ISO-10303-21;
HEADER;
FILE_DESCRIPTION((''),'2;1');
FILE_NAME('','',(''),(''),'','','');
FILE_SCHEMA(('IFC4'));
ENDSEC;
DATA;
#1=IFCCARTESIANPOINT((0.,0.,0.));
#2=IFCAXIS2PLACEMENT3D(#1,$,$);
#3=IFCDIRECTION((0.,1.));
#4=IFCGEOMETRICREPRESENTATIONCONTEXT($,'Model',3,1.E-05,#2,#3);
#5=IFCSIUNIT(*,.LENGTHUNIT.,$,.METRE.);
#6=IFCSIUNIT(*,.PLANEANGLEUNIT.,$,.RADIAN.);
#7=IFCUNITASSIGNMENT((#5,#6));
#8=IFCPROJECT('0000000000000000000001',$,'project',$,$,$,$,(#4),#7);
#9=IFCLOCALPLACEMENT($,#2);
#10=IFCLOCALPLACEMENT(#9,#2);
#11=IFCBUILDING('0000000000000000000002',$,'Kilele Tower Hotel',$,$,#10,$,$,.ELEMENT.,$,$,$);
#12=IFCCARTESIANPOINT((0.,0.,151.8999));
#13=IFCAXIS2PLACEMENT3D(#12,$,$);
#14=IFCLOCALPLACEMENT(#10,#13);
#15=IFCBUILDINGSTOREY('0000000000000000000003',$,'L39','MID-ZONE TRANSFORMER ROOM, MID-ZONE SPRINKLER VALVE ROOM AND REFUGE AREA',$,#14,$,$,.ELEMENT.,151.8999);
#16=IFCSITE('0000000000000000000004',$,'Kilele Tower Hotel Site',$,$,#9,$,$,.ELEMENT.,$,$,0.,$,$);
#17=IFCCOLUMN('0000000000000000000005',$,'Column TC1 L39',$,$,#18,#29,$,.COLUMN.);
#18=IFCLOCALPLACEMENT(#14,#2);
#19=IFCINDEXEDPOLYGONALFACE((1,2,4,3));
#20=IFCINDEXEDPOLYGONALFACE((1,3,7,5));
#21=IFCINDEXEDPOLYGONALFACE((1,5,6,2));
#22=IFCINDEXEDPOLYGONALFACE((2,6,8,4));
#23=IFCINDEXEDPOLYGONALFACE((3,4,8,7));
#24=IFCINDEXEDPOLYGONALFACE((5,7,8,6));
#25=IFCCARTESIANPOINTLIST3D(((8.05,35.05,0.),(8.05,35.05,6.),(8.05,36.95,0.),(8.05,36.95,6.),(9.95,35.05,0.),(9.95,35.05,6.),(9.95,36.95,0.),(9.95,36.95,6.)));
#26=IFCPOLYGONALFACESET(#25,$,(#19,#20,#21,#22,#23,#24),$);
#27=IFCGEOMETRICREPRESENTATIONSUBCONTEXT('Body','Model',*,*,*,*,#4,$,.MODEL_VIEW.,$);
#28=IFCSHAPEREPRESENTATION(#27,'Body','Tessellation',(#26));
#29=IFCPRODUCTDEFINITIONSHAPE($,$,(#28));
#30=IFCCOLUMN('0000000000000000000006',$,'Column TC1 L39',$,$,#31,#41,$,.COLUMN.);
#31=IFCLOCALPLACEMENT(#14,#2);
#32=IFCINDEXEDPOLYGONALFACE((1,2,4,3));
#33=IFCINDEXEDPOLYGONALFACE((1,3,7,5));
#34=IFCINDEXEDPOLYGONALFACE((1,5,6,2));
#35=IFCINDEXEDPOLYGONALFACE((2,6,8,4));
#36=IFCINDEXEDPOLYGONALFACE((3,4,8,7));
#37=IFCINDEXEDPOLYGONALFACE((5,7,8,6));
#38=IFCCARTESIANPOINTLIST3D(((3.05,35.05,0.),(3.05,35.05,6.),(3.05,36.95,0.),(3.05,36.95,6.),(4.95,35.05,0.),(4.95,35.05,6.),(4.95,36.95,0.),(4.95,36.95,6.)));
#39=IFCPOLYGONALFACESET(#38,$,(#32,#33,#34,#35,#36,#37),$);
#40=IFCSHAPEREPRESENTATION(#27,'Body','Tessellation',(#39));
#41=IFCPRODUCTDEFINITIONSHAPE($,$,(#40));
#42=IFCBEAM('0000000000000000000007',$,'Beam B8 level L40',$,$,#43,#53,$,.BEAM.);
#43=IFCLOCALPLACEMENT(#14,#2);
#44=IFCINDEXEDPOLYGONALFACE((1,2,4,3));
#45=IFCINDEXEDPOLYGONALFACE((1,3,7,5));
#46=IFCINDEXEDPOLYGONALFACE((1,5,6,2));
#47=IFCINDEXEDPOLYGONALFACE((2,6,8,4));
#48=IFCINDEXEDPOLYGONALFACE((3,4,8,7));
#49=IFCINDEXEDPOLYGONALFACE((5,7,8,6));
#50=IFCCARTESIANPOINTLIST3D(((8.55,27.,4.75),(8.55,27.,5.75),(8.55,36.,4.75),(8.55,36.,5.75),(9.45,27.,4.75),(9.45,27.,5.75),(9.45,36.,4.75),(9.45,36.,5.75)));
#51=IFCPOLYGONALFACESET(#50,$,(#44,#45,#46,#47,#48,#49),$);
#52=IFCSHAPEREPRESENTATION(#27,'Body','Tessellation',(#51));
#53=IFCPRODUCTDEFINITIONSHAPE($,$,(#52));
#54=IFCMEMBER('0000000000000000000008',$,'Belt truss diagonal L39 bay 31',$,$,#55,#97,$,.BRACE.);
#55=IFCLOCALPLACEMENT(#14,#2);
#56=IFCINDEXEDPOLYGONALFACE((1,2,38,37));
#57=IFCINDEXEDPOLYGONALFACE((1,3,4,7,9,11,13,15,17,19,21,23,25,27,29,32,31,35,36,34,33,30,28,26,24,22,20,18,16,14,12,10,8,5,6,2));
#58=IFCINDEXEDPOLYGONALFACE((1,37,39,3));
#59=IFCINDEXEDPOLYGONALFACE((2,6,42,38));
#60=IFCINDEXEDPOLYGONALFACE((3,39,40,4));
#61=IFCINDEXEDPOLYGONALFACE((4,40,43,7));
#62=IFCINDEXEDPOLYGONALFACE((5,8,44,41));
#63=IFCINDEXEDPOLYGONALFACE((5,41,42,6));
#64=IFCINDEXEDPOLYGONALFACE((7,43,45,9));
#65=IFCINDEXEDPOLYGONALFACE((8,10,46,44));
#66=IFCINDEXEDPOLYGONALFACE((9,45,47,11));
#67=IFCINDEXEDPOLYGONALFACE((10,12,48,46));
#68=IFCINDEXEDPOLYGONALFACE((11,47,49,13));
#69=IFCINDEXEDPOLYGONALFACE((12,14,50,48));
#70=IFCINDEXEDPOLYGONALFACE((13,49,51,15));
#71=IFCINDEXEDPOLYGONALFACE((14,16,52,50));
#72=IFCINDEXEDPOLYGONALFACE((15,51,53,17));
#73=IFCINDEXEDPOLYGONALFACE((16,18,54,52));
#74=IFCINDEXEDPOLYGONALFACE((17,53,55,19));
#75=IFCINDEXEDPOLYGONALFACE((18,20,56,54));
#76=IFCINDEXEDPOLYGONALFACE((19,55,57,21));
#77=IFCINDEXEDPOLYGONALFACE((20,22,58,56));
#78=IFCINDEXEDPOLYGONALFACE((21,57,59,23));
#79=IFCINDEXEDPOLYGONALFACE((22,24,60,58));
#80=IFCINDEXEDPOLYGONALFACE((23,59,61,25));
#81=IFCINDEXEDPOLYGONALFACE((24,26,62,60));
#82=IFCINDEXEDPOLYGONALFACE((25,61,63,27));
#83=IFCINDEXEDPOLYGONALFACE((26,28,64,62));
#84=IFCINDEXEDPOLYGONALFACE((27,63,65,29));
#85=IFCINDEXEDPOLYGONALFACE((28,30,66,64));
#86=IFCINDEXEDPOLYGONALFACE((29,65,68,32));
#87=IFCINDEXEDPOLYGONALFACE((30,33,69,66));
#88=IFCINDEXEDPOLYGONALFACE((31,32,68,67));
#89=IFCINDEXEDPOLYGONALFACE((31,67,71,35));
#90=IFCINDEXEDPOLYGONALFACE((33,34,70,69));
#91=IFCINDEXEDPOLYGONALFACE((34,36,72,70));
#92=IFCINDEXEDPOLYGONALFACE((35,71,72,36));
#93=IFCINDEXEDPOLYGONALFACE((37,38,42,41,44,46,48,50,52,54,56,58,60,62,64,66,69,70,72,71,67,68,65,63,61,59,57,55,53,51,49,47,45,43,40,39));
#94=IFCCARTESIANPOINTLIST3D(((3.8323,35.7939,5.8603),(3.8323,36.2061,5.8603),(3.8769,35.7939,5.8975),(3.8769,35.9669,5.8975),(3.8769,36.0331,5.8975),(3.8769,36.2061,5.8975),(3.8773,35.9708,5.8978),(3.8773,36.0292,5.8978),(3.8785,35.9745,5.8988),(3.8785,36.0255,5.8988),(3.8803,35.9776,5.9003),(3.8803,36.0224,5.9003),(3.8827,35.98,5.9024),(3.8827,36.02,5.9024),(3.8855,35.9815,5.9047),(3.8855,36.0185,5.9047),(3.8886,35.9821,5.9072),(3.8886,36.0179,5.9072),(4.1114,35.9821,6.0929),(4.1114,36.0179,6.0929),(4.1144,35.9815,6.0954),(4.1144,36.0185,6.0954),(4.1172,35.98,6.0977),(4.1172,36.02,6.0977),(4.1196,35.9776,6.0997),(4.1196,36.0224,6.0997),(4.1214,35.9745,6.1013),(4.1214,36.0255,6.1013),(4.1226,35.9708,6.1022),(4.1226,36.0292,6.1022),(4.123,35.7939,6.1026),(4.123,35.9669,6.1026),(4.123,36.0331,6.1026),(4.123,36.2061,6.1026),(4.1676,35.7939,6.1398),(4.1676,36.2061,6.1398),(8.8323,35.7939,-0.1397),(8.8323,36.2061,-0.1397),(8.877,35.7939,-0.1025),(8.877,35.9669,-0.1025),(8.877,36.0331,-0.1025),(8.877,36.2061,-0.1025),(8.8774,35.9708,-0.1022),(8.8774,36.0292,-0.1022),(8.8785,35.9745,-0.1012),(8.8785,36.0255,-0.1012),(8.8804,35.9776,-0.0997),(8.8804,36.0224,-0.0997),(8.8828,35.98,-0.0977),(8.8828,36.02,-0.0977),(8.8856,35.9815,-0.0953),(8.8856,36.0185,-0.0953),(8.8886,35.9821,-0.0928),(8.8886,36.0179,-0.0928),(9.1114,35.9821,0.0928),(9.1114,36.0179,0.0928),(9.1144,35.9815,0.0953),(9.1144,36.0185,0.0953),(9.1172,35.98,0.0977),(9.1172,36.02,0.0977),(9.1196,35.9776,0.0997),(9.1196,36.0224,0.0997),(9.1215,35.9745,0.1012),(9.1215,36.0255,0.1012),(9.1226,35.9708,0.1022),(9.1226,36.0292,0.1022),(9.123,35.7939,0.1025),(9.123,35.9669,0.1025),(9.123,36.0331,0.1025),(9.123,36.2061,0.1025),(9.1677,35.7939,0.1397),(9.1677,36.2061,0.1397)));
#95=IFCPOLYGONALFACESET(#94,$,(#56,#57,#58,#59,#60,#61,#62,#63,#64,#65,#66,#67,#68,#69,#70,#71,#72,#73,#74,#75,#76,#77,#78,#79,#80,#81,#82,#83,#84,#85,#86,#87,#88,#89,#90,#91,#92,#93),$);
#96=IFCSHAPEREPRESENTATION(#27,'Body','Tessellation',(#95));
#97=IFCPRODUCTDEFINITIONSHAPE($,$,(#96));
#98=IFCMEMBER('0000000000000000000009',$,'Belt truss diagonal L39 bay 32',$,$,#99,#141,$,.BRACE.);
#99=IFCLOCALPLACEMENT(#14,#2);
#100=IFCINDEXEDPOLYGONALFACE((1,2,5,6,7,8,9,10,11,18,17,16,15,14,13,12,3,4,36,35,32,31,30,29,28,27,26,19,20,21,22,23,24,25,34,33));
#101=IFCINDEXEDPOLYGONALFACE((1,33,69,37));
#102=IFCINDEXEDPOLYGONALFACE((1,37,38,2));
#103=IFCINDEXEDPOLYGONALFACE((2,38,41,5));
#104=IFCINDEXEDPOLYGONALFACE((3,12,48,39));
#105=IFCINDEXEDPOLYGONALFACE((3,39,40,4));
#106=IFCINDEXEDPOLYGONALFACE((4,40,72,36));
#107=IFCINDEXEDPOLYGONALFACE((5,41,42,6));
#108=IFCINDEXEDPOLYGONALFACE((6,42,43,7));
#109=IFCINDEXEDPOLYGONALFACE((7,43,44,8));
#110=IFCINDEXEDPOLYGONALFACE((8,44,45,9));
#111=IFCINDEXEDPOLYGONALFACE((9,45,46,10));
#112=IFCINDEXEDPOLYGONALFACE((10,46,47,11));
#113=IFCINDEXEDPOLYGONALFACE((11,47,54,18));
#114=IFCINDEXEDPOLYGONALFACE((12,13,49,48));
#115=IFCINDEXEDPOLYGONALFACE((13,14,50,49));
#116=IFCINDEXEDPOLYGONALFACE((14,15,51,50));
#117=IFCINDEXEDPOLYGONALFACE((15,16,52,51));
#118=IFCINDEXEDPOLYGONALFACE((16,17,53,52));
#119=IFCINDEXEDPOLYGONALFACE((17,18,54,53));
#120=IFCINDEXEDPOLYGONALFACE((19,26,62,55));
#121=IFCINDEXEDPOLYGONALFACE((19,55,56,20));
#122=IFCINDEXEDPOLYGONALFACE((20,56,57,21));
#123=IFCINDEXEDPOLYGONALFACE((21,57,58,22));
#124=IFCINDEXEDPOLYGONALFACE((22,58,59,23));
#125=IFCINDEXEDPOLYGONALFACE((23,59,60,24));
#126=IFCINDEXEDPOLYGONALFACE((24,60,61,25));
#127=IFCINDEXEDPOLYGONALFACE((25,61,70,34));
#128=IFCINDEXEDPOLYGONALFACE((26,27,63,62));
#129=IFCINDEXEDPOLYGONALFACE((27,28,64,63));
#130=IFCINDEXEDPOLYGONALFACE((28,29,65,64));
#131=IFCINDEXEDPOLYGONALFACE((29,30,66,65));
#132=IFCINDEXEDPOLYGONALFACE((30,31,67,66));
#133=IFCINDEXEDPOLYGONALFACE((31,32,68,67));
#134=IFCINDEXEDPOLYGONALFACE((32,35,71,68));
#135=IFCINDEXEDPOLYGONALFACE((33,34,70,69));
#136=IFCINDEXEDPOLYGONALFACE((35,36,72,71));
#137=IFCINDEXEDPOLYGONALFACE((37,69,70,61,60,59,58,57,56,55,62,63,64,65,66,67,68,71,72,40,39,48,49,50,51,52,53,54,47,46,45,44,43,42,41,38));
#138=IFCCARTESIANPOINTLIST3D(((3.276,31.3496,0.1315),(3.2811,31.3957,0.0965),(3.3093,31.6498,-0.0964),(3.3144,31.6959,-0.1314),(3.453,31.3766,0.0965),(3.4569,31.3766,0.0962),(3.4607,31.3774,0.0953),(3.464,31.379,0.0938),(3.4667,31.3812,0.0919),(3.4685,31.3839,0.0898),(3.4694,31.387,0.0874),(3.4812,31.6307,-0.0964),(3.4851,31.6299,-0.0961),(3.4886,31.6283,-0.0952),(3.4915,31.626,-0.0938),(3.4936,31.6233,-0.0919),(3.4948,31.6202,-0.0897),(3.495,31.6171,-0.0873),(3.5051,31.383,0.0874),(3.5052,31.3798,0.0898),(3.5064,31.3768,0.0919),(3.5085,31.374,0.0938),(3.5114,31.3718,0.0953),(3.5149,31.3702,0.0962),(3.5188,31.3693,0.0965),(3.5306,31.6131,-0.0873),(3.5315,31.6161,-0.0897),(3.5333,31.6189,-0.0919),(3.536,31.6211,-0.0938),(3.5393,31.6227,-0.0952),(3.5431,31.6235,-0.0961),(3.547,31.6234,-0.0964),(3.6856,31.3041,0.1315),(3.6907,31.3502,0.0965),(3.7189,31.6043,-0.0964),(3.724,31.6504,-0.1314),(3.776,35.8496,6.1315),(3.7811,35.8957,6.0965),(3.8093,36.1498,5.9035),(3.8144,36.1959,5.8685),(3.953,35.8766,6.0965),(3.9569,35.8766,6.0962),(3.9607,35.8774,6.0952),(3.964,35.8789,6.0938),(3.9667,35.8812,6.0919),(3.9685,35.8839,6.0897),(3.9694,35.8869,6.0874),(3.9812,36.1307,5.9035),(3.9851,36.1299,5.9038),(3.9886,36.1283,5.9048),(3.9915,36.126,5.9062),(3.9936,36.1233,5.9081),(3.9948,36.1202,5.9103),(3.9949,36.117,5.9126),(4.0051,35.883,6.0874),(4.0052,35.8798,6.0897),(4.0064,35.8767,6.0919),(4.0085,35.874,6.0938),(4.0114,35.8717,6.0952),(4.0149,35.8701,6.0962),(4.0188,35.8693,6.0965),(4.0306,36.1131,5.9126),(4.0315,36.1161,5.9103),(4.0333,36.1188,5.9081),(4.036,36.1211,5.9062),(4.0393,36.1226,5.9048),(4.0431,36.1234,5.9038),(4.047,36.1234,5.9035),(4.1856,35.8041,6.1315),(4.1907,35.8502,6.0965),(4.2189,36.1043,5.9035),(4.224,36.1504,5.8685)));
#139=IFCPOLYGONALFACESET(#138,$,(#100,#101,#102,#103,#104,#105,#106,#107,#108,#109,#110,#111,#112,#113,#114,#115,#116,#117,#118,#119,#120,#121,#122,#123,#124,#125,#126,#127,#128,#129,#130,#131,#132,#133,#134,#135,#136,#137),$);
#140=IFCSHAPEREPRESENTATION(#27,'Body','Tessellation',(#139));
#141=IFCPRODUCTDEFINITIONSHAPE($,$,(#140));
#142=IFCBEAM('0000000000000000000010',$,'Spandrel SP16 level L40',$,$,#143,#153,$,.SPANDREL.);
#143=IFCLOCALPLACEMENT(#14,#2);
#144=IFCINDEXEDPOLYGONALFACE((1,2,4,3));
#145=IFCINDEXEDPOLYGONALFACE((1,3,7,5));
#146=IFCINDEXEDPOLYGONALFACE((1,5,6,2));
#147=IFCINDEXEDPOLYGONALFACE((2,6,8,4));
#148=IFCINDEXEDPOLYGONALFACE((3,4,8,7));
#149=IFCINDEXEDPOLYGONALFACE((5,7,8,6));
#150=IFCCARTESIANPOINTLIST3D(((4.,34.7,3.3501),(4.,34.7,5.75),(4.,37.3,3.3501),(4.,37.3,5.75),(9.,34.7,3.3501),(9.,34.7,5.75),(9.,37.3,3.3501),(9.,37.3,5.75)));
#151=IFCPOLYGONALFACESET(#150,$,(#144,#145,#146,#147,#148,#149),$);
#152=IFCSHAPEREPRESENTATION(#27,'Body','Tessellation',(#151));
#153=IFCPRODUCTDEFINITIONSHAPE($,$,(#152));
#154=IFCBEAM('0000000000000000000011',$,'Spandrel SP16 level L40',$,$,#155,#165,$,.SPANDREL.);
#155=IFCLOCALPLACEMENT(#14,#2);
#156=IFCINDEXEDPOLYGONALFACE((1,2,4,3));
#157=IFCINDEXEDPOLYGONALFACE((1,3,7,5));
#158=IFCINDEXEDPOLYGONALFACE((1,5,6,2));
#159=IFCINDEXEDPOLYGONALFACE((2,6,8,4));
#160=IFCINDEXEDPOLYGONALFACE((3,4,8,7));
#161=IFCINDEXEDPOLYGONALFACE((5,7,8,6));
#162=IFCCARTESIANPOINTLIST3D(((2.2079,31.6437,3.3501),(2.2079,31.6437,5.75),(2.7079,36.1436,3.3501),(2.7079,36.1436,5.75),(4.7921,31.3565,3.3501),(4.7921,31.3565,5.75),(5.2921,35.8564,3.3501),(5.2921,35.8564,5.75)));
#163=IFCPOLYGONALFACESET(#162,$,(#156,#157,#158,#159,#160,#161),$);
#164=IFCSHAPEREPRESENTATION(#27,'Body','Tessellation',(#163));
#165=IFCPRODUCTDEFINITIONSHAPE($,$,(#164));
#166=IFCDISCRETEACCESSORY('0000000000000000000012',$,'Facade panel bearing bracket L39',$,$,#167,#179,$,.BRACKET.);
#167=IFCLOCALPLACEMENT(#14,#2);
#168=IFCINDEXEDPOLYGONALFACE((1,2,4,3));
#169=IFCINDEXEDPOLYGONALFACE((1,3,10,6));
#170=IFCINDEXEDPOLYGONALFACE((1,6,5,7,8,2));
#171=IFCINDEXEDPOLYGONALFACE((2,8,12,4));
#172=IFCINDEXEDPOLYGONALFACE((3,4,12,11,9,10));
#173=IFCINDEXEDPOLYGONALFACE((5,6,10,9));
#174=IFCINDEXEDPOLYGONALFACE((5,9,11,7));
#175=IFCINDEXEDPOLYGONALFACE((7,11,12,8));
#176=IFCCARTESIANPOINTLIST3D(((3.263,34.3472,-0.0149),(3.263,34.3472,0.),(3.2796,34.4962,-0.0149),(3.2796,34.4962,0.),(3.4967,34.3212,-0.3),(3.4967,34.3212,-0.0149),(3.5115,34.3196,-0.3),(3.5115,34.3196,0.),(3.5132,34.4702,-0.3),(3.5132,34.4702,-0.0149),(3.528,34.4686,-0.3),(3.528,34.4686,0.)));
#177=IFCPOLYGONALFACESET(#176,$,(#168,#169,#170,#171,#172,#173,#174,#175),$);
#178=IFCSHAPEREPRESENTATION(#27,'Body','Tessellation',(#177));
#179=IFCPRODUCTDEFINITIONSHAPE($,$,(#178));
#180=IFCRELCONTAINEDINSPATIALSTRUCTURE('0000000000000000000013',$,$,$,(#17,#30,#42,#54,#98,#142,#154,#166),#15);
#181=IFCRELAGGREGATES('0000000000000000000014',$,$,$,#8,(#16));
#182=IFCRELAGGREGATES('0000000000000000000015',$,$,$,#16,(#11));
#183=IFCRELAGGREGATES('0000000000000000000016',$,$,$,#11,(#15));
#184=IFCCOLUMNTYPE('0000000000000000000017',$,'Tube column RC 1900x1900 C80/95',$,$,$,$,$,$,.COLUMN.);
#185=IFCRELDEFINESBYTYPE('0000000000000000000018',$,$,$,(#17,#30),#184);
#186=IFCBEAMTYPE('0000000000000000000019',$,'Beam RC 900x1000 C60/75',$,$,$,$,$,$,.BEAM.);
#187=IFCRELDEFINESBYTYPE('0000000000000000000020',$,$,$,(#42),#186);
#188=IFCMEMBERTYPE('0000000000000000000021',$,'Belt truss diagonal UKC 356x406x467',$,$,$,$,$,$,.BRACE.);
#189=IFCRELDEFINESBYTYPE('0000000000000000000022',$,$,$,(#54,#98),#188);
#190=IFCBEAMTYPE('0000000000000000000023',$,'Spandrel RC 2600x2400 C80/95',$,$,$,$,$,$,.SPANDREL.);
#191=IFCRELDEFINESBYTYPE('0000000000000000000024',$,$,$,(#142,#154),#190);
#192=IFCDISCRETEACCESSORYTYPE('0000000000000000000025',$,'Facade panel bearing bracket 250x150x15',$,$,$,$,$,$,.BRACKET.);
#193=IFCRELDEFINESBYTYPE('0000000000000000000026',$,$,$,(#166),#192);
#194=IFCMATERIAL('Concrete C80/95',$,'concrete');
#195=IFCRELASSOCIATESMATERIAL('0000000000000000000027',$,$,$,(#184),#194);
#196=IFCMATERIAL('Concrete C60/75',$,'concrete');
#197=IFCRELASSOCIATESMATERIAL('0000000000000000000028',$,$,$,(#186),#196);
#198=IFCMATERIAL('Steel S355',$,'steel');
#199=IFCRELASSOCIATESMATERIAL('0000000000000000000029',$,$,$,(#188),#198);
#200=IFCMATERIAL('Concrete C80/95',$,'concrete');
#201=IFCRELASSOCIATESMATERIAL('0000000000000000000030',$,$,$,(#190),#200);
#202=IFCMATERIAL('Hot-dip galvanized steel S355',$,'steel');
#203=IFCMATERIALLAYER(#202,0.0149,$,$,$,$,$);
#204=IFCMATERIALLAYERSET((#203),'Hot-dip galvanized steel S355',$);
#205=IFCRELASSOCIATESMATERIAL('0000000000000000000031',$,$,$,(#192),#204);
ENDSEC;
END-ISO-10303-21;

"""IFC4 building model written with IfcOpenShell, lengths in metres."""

from ifc_helpers import new_model, si_unit, direction, frame, origin, origin_2d, place, context, subcontext, project, spatial, polyline, rectangle, i_section, outline, extrude, source, transform, mapped, material, layer, layer_set, material_profile, profile_set, type_object, element, save


model = new_model("IFC4")

# Units and contexts
model_context = context("Model", 3, precision=1e-05, world=origin(), true_north=direction((0.0, 1.0)))
body_context = subcontext(model_context, "Body", "Model", "MODEL_VIEW")
ifc_project = project(units=[si_unit("LENGTHUNIT", "METRE"), si_unit("PLANEANGLEUNIT", "RADIAN")], contexts=[model_context])

# Site, building, storey
site_placement = place(None, origin())
site = spatial("IfcSite", under=ifc_project, at=site_placement, Name="Kilele Tower Hotel Site", CompositionType="ELEMENT", RefElevation=0.0)
building_placement = place(site_placement, origin())
building = spatial("IfcBuilding", under=site, at=building_placement, Name="Kilele Tower Hotel", CompositionType="ELEMENT")
storey_placement = place(building_placement, frame((0.0, 0.0, 151.8999)))
storey = spatial("IfcBuildingStorey", under=building, at=storey_placement, Name="L39", Description="MID-ZONE TRANSFORMER ROOM, MID-ZONE SPRINKLER VALVE ROOM AND REFUGE AREA", CompositionType="ELEMENT", Elevation=151.8999)

# Columns
ifc_material_1 = material(Name="Concrete C80/95", Category="concrete")
ifc_material_profile_1 = material_profile(ifc_material_1, rectangle(XDim=1.8999, YDim=1.8999, at=origin_2d()))
ifc_profile_set_1 = profile_set([ifc_material_profile_1], Name="Concrete C80/95")
column_type = type_object("IfcColumnType", Name="Tube column RC 1900x1900 C80/95", PredefinedType="COLUMN", material=ifc_profile_set_1)
for number, where, z_axis, x_axis, name in (
    (1, (9.0, 36.0, 0.0), (0.0, 0.0, 1.0), (1.0, 0.0, 0.0), "Column TC1 L39"),
    (2, (4.0, 36.0, 0.0), (0.0, 0.0, 1.0), (1.0, 0.0, 0.0), "Column TC1 L39"),
):
    element("IfcColumn", number, at=place(storey_placement, frame(where, z_axis=z_axis, x_axis=x_axis)), inside=storey, type_object=column_type, Name=name, PredefinedType="COLUMN", context=body_context, shape_type="SweptSolid", body=[
        extrude(rectangle(XDim=1.8999, YDim=1.8999, at=origin_2d()), origin(), (0.0, 0.0, 1.0), 6.0),
    ])

# Beam
ifc_material_2 = material(Name="Concrete C60/75", Category="concrete")
ifc_material_profile_2 = material_profile(ifc_material_2, rectangle(XDim=0.8999, YDim=1.0, at=origin_2d()))
ifc_profile_set_2 = profile_set([ifc_material_profile_2], Name="Concrete C60/75")
beam_type_1 = type_object("IfcBeamType", Name="Beam RC 900x1000 C60/75", PredefinedType="BEAM", material=ifc_profile_set_2)
beam_1_placement = place(storey_placement, frame((9.0, 36.0, 5.25), z_axis=(0.0, -1.0, 0.0), x_axis=(1.0, 0.0, 0.0)))
element("IfcBeam", 3, at=beam_1_placement, inside=storey, type_object=beam_type_1, Name="Beam B8 level L40", PredefinedType="BEAM", context=body_context, shape_type="SweptSolid", body=[
    extrude(rectangle(XDim=0.8999, YDim=1.0, at=origin_2d()), origin(), (0.0, 0.0, 1.0), 9.0),
])

# Members
ifc_material_3 = material(Name="Steel S355", Category="steel")
ifc_material_profile_3 = material_profile(ifc_material_3, i_section(OverallWidth=0.4121, OverallDepth=0.4365, WebThickness=0.0359, FlangeThickness=0.0581, FilletRadius=0.0151, at=origin_2d()))
ifc_profile_set_3 = profile_set([ifc_material_profile_3], Name="Steel S355")
member_type = type_object("IfcMemberType", Name="Belt truss diagonal UKC 356x406x467", PredefinedType="BRACE", material=ifc_profile_set_3)
member_1_placement = place(storey_placement, frame((9.0, 36.0, 0.0), z_axis=(-0.640184, 0.0, 0.768221), x_axis=(0.0, -1.0, 0.0)))
element("IfcMember", 4, at=member_1_placement, inside=storey, type_object=member_type, Name="Belt truss diagonal L39 bay 31", PredefinedType="BRACE", context=body_context, shape_type="SweptSolid", body=[
    extrude(i_section(OverallWidth=0.4121, OverallDepth=0.4365, WebThickness=0.0359, FlangeThickness=0.0581, FilletRadius=0.0151, at=origin_2d()), origin(), (0.0, 0.0, 1.0), 7.8103),
])
member_2_placement = place(storey_placement, frame((4.0, 36.0, 6.0), z_axis=(-0.066519, -0.598671, -0.798228), x_axis=(0.993884, -0.110432, 0.0)))
element("IfcMember", 5, at=member_2_placement, inside=storey, type_object=member_type, Name="Belt truss diagonal L39 bay 32", PredefinedType="BRACE", context=body_context, shape_type="SweptSolid", body=[
    extrude(i_section(OverallWidth=0.4121, OverallDepth=0.4365, WebThickness=0.0359, FlangeThickness=0.0581, FilletRadius=0.0151, at=origin_2d()), origin(), (0.0, 0.0, 1.0), 7.5166),
])

# Beams
ifc_material_4 = material(Name="Concrete C80/95", Category="concrete")
ifc_material_profile_4 = material_profile(ifc_material_4, rectangle(XDim=2.6001, YDim=2.3999, at=origin_2d()))
ifc_profile_set_4 = profile_set([ifc_material_profile_4], Name="Concrete C80/95")
beam_type_2 = type_object("IfcBeamType", Name="Spandrel RC 2600x2400 C80/95", PredefinedType="SPANDREL", material=ifc_profile_set_4)
beam_2_placement = place(storey_placement, frame((9.0, 36.0, 4.55), z_axis=(-1.0, 0.0, 0.0), x_axis=(0.0, -1.0, 0.0)))
element("IfcBeam", 6, at=beam_2_placement, inside=storey, type_object=beam_type_2, Name="Spandrel SP16 level L40", PredefinedType="SPANDREL", context=body_context, shape_type="SweptSolid", body=[
    extrude(rectangle(XDim=2.6001, YDim=2.3999, at=origin_2d()), origin(), (0.0, 0.0, 1.0), 5.0),
])
beam_3_placement = place(storey_placement, frame((4.0, 36.0, 4.55), z_axis=(-0.110432, -0.993884, 0.0), x_axis=(0.993884, -0.110432, 0.0)))
element("IfcBeam", 7, at=beam_3_placement, inside=storey, type_object=beam_type_2, Name="Spandrel SP16 level L40", PredefinedType="SPANDREL", context=body_context, shape_type="SweptSolid", body=[
    extrude(rectangle(XDim=2.6001, YDim=2.3999, at=origin_2d()), origin(), (0.0, 0.0, 1.0), 4.5276),
])

# Discrete accessory
ifc_material_5 = material(Name="Hot-dip galvanized steel S355", Category="steel")
ifc_layer_1 = layer(ifc_material_5, 0.0149)
ifc_layer_set_1 = layer_set([ifc_layer_1], Name="Hot-dip galvanized steel S355")
discrete_accessory_type_1 = type_object("IfcDiscreteAccessoryType", Name="Facade panel bearing bracket 250x150x15", PredefinedType="BRACKET", material=ifc_layer_set_1)
shared_shape_1 = source(origin(), body_context, "Body", "SweptSolid", [
    extrude(outline(polyline([(0.0, 0.0), (0.25, 0.0), (0.25, -0.0149), (0.0149, -0.0149), (0.0149, -0.3), (0.0, -0.3), (0.0, 0.0)])), origin(), (0.0, 0.0, 1.0), 0.1499),
])
for number, where, z_axis, x_axis, name in (
    (8, (3.5115, 34.3196, 0.0), (0.110432, 0.993884, 0.0), (-0.993884, 0.110432, 0.0), "Facade panel bearing bracket L39"),
):
    element("IfcDiscreteAccessory", number, at=place(storey_placement, frame(where, z_axis=z_axis, x_axis=x_axis)), inside=storey, type_object=discrete_accessory_type_1, Name=name, PredefinedType="BRACKET", context=body_context, shape_type="MappedRepresentation", body=[
        mapped(shared_shape_1, transform((0.0, 0.0, 0.0))),
    ])

save(model, "model.ifc")
